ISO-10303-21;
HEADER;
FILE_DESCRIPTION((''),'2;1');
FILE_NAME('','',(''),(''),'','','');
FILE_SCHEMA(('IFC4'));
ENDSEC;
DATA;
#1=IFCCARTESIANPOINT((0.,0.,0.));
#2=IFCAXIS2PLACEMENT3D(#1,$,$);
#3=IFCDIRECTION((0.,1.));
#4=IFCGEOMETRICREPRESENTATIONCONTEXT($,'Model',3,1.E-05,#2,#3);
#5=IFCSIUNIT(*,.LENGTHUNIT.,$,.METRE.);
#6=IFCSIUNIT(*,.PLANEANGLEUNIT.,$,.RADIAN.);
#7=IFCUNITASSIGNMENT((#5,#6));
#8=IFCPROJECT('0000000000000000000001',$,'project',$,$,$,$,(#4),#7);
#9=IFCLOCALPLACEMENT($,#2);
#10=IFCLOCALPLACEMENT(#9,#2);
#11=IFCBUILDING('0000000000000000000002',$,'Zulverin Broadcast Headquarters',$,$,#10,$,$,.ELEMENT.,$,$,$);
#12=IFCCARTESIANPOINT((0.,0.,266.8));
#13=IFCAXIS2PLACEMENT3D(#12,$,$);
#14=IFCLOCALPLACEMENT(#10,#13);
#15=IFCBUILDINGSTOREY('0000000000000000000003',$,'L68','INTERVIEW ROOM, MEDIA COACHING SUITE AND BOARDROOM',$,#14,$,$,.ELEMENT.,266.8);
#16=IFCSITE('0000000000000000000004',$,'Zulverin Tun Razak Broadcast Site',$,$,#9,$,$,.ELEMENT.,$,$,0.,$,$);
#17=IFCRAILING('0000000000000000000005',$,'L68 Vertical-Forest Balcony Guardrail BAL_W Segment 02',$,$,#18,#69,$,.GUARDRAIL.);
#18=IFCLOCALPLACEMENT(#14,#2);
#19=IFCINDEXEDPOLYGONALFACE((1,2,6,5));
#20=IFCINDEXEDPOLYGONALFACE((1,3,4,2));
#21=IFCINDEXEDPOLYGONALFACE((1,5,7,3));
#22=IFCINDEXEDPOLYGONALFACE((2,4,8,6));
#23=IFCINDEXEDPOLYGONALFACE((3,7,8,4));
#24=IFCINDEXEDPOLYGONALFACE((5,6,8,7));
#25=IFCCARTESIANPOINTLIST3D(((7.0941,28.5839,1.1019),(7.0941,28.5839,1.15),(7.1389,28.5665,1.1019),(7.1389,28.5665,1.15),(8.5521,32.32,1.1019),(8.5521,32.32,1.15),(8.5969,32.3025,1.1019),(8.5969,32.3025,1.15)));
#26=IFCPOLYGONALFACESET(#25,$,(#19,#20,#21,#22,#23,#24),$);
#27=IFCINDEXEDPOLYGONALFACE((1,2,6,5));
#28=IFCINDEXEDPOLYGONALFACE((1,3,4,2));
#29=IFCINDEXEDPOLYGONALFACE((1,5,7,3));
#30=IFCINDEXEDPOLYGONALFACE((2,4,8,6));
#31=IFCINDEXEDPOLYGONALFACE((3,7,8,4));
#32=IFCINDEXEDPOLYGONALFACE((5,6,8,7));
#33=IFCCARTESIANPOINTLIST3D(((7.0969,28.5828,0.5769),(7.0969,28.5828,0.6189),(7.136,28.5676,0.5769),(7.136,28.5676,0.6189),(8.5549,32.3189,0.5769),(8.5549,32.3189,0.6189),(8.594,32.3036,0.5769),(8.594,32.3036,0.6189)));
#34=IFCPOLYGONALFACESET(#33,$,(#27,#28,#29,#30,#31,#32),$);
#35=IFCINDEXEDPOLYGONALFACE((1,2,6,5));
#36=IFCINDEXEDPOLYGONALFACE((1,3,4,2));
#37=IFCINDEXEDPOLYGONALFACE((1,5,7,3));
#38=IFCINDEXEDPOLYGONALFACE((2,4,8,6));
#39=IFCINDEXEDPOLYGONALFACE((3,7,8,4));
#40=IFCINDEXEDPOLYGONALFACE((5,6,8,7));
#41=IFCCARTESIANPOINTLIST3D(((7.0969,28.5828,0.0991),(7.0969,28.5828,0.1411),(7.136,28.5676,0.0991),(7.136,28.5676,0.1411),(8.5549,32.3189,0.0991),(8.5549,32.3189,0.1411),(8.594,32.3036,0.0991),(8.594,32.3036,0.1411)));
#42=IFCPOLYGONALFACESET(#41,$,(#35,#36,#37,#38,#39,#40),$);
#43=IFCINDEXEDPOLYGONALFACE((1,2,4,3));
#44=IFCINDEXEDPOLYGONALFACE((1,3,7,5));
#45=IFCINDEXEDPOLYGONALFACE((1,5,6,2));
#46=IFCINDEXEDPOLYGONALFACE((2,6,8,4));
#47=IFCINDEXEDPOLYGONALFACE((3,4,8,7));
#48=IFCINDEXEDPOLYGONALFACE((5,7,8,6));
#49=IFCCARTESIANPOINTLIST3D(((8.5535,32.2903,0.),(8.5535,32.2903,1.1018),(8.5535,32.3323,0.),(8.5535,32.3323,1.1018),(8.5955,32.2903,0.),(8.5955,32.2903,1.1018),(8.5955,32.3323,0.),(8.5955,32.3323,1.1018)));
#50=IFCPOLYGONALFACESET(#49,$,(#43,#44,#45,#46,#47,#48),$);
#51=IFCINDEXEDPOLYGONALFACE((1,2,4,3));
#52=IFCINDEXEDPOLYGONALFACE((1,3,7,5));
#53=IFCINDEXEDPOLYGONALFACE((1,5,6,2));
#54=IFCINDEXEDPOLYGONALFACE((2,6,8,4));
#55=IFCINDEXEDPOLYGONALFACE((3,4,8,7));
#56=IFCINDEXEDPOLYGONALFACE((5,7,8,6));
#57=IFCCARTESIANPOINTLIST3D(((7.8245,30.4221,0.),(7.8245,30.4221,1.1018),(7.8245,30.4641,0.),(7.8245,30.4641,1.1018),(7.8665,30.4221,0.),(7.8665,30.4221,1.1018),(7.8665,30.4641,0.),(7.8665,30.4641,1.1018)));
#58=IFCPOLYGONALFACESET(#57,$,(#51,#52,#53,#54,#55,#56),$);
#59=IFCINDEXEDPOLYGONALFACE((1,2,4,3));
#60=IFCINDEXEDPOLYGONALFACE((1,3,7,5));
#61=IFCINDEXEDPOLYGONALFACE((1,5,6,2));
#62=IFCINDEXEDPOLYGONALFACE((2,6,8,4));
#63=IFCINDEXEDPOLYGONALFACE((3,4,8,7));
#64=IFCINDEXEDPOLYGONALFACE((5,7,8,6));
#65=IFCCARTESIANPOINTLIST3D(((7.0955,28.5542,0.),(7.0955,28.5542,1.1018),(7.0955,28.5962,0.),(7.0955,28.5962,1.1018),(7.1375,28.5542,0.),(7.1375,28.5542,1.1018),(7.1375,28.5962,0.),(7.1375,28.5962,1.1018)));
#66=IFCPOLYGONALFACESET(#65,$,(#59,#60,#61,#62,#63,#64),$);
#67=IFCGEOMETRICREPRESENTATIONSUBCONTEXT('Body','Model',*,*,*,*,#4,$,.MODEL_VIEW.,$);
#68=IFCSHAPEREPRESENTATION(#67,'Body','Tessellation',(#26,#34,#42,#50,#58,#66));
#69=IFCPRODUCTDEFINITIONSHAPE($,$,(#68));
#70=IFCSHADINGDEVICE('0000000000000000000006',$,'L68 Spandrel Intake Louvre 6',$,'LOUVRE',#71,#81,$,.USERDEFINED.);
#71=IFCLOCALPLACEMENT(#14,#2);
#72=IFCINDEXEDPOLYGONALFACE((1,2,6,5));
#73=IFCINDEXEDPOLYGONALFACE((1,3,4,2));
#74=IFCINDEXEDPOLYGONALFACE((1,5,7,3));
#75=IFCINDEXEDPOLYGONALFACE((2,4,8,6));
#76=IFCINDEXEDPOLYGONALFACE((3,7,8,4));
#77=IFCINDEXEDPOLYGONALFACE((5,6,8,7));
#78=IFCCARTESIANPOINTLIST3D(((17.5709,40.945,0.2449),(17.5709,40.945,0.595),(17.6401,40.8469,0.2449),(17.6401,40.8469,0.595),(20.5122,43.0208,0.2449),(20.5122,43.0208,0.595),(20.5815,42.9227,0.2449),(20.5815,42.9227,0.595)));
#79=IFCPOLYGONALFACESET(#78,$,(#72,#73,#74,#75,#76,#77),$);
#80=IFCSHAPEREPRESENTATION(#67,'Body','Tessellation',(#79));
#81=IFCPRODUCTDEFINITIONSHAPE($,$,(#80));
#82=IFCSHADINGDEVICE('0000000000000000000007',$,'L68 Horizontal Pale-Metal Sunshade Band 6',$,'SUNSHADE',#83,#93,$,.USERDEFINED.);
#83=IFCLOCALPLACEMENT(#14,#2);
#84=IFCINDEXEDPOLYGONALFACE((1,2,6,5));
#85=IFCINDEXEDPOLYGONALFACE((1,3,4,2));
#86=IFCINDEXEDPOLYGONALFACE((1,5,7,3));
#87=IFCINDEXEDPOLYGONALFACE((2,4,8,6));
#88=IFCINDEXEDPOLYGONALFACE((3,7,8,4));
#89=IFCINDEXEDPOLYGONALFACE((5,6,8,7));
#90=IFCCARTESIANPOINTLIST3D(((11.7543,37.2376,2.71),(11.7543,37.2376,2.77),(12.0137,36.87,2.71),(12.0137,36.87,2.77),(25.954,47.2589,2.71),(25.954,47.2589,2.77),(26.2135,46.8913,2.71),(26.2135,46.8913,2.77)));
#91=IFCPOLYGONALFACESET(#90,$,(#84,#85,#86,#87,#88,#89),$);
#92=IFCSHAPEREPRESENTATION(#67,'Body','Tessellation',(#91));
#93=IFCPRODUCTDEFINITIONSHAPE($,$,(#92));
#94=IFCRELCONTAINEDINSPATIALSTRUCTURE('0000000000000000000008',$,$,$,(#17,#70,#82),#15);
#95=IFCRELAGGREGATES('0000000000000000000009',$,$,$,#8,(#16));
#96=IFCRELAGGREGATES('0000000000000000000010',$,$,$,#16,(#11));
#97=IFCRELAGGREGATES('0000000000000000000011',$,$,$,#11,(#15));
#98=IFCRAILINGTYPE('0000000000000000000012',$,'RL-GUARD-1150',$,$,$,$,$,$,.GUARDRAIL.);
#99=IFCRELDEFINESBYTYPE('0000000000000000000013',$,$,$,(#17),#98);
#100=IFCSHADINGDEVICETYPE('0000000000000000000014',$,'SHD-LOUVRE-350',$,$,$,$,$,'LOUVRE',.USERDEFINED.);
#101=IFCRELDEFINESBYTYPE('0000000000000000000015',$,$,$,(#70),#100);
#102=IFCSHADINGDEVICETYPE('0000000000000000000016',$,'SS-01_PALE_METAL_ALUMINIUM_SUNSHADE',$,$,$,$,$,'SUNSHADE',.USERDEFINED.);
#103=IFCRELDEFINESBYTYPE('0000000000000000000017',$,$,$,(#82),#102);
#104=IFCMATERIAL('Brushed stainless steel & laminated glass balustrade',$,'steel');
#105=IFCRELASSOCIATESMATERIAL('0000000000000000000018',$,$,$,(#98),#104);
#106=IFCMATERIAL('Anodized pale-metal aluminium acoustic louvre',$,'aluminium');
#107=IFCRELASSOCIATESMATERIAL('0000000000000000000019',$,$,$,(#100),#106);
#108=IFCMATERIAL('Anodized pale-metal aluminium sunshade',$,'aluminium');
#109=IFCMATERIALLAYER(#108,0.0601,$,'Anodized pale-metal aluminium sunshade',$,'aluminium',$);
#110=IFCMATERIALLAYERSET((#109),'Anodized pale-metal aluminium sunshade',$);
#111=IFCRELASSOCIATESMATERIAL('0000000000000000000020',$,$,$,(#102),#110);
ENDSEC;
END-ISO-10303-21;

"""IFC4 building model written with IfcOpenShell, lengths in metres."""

from ifc_helpers import new_model, si_unit, direction, frame, origin, origin_2d, place, context, subcontext, project, spatial, rectangle, extrude, material, layer, layer_set, type_object, element, save


model = new_model("IFC4")

# Units and contexts
model_context = context("Model", 3, precision=1e-05, world=origin(), true_north=direction((0.0, 1.0)))
body_context = subcontext(model_context, "Body", "Model", "MODEL_VIEW")
ifc_project = project(units=[si_unit("LENGTHUNIT", "METRE"), si_unit("PLANEANGLEUNIT", "RADIAN")], contexts=[model_context])

# Site, building, storey
site_placement = place(None, origin())
site = spatial("IfcSite", under=ifc_project, at=site_placement, Name="Zulverin Tun Razak Broadcast Site", CompositionType="ELEMENT", RefElevation=0.0)
building_placement = place(site_placement, origin())
building = spatial("IfcBuilding", under=site, at=building_placement, Name="Zulverin Broadcast Headquarters", CompositionType="ELEMENT")
storey_placement = place(building_placement, frame((0.0, 0.0, 266.8)))
storey = spatial("IfcBuildingStorey", under=building, at=storey_placement, Name="L68", Description="INTERVIEW ROOM, MEDIA COACHING SUITE AND BOARDROOM", CompositionType="ELEMENT", Elevation=266.8)

# Railing
ifc_material_1 = material(Name="Brushed stainless steel & laminated glass balustrade", Category="steel")
railing_type = type_object("IfcRailingType", Name="RL-GUARD-1150", PredefinedType="GUARDRAIL", material=ifc_material_1)
railing_placement = place(storey_placement, frame((8.5745, 32.3113, 0.0)))
element("IfcRailing", 1, at=railing_placement, inside=storey, type_object=railing_type, Name="L68 Vertical-Forest Balcony Guardrail BAL_W Segment 02", PredefinedType="GUARDRAIL", context=body_context, shape_type="SweptSolid", body=[
    extrude(rectangle(XDim=0.0481, YDim=0.0481, at=origin_2d()), frame((0.0, 0.0, 1.126), z_axis=(-0.363548, -0.931576, 0.0), x_axis=(0.931576, -0.363548, 0.0)), (0.0, 0.0, 1.0), 4.0105),
    extrude(rectangle(XDim=0.042, YDim=0.042, at=origin_2d()), frame((0.0, 0.0, 0.5979), z_axis=(-0.363548, -0.931576, 0.0), x_axis=(0.931576, -0.363548, 0.0)), (0.0, 0.0, 1.0), 4.0105),
    extrude(rectangle(XDim=0.042, YDim=0.042, at=origin_2d()), frame((0.0, 0.0, 0.1201), z_axis=(-0.363548, -0.931576, 0.0), x_axis=(0.931576, -0.363548, 0.0)), (0.0, 0.0, 1.0), 4.0105),
    extrude(rectangle(XDim=0.042, YDim=0.042, at=origin_2d()), origin(), (0.0, 0.0, 1.0), 1.1018),
    extrude(rectangle(XDim=0.042, YDim=0.042, at=origin_2d()), frame((-0.729, -1.8682, 0.0)), (0.0, 0.0, 1.0), 1.1018),
    extrude(rectangle(XDim=0.042, YDim=0.042, at=origin_2d()), frame((-1.458, -3.7361, 0.0)), (0.0, 0.0, 1.0), 1.1018),
])

# Shading devices
ifc_material_2 = material(Name="Anodized pale-metal aluminium acoustic louvre", Category="aluminium")
shading_device_type_1 = type_object("IfcShadingDeviceType", Name="SHD-LOUVRE-350", ElementType="LOUVRE", PredefinedType="USERDEFINED", material=ifc_material_2)
shading_device_1_placement = place(storey_placement, frame((19.0762, 41.9338, 0.2449), z_axis=(0.0, 0.0, 1.0), x_axis=(-0.817023, -0.576605, 0.0)))
element("IfcShadingDevice", 2, at=shading_device_1_placement, inside=storey, type_object=shading_device_type_1, Name="L68 Spandrel Intake Louvre 6", ObjectType="LOUVRE", PredefinedType="USERDEFINED", context=body_context, shape_type="SweptSolid", body=[
    extrude(rectangle(XDim=3.6001, YDim=0.1201, at=origin_2d()), origin(), (0.0, 0.0, 1.0), 0.3501),
])
ifc_material_3 = material(Name="Anodized pale-metal aluminium sunshade", Category="aluminium")
ifc_layer_1 = layer(ifc_material_3, 0.0601, Name="Anodized pale-metal aluminium sunshade", Category="aluminium")
ifc_layer_set_1 = layer_set([ifc_layer_1], Name="Anodized pale-metal aluminium sunshade")
shading_device_type_2 = type_object("IfcShadingDeviceType", Name="SS-01_PALE_METAL_ALUMINIUM_SUNSHADE", ElementType="SUNSHADE", PredefinedType="USERDEFINED", material=ifc_layer_set_1)
shading_device_2_placement = place(storey_placement, frame((18.9839, 42.0645, 2.71), z_axis=(0.0, 0.0, 1.0), x_axis=(-0.817023, -0.576605, 0.0)))
element("IfcShadingDevice", 3, at=shading_device_2_placement, inside=storey, type_object=shading_device_type_2, Name="L68 Horizontal Pale-Metal Sunshade Band 6", ObjectType="SUNSHADE", PredefinedType="USERDEFINED", context=body_context, shape_type="SweptSolid", body=[
    extrude(rectangle(XDim=17.3799, YDim=0.45, at=origin_2d()), origin(), (0.0, 0.0, 1.0), 0.0601),
])

save(model, "model.ifc")
